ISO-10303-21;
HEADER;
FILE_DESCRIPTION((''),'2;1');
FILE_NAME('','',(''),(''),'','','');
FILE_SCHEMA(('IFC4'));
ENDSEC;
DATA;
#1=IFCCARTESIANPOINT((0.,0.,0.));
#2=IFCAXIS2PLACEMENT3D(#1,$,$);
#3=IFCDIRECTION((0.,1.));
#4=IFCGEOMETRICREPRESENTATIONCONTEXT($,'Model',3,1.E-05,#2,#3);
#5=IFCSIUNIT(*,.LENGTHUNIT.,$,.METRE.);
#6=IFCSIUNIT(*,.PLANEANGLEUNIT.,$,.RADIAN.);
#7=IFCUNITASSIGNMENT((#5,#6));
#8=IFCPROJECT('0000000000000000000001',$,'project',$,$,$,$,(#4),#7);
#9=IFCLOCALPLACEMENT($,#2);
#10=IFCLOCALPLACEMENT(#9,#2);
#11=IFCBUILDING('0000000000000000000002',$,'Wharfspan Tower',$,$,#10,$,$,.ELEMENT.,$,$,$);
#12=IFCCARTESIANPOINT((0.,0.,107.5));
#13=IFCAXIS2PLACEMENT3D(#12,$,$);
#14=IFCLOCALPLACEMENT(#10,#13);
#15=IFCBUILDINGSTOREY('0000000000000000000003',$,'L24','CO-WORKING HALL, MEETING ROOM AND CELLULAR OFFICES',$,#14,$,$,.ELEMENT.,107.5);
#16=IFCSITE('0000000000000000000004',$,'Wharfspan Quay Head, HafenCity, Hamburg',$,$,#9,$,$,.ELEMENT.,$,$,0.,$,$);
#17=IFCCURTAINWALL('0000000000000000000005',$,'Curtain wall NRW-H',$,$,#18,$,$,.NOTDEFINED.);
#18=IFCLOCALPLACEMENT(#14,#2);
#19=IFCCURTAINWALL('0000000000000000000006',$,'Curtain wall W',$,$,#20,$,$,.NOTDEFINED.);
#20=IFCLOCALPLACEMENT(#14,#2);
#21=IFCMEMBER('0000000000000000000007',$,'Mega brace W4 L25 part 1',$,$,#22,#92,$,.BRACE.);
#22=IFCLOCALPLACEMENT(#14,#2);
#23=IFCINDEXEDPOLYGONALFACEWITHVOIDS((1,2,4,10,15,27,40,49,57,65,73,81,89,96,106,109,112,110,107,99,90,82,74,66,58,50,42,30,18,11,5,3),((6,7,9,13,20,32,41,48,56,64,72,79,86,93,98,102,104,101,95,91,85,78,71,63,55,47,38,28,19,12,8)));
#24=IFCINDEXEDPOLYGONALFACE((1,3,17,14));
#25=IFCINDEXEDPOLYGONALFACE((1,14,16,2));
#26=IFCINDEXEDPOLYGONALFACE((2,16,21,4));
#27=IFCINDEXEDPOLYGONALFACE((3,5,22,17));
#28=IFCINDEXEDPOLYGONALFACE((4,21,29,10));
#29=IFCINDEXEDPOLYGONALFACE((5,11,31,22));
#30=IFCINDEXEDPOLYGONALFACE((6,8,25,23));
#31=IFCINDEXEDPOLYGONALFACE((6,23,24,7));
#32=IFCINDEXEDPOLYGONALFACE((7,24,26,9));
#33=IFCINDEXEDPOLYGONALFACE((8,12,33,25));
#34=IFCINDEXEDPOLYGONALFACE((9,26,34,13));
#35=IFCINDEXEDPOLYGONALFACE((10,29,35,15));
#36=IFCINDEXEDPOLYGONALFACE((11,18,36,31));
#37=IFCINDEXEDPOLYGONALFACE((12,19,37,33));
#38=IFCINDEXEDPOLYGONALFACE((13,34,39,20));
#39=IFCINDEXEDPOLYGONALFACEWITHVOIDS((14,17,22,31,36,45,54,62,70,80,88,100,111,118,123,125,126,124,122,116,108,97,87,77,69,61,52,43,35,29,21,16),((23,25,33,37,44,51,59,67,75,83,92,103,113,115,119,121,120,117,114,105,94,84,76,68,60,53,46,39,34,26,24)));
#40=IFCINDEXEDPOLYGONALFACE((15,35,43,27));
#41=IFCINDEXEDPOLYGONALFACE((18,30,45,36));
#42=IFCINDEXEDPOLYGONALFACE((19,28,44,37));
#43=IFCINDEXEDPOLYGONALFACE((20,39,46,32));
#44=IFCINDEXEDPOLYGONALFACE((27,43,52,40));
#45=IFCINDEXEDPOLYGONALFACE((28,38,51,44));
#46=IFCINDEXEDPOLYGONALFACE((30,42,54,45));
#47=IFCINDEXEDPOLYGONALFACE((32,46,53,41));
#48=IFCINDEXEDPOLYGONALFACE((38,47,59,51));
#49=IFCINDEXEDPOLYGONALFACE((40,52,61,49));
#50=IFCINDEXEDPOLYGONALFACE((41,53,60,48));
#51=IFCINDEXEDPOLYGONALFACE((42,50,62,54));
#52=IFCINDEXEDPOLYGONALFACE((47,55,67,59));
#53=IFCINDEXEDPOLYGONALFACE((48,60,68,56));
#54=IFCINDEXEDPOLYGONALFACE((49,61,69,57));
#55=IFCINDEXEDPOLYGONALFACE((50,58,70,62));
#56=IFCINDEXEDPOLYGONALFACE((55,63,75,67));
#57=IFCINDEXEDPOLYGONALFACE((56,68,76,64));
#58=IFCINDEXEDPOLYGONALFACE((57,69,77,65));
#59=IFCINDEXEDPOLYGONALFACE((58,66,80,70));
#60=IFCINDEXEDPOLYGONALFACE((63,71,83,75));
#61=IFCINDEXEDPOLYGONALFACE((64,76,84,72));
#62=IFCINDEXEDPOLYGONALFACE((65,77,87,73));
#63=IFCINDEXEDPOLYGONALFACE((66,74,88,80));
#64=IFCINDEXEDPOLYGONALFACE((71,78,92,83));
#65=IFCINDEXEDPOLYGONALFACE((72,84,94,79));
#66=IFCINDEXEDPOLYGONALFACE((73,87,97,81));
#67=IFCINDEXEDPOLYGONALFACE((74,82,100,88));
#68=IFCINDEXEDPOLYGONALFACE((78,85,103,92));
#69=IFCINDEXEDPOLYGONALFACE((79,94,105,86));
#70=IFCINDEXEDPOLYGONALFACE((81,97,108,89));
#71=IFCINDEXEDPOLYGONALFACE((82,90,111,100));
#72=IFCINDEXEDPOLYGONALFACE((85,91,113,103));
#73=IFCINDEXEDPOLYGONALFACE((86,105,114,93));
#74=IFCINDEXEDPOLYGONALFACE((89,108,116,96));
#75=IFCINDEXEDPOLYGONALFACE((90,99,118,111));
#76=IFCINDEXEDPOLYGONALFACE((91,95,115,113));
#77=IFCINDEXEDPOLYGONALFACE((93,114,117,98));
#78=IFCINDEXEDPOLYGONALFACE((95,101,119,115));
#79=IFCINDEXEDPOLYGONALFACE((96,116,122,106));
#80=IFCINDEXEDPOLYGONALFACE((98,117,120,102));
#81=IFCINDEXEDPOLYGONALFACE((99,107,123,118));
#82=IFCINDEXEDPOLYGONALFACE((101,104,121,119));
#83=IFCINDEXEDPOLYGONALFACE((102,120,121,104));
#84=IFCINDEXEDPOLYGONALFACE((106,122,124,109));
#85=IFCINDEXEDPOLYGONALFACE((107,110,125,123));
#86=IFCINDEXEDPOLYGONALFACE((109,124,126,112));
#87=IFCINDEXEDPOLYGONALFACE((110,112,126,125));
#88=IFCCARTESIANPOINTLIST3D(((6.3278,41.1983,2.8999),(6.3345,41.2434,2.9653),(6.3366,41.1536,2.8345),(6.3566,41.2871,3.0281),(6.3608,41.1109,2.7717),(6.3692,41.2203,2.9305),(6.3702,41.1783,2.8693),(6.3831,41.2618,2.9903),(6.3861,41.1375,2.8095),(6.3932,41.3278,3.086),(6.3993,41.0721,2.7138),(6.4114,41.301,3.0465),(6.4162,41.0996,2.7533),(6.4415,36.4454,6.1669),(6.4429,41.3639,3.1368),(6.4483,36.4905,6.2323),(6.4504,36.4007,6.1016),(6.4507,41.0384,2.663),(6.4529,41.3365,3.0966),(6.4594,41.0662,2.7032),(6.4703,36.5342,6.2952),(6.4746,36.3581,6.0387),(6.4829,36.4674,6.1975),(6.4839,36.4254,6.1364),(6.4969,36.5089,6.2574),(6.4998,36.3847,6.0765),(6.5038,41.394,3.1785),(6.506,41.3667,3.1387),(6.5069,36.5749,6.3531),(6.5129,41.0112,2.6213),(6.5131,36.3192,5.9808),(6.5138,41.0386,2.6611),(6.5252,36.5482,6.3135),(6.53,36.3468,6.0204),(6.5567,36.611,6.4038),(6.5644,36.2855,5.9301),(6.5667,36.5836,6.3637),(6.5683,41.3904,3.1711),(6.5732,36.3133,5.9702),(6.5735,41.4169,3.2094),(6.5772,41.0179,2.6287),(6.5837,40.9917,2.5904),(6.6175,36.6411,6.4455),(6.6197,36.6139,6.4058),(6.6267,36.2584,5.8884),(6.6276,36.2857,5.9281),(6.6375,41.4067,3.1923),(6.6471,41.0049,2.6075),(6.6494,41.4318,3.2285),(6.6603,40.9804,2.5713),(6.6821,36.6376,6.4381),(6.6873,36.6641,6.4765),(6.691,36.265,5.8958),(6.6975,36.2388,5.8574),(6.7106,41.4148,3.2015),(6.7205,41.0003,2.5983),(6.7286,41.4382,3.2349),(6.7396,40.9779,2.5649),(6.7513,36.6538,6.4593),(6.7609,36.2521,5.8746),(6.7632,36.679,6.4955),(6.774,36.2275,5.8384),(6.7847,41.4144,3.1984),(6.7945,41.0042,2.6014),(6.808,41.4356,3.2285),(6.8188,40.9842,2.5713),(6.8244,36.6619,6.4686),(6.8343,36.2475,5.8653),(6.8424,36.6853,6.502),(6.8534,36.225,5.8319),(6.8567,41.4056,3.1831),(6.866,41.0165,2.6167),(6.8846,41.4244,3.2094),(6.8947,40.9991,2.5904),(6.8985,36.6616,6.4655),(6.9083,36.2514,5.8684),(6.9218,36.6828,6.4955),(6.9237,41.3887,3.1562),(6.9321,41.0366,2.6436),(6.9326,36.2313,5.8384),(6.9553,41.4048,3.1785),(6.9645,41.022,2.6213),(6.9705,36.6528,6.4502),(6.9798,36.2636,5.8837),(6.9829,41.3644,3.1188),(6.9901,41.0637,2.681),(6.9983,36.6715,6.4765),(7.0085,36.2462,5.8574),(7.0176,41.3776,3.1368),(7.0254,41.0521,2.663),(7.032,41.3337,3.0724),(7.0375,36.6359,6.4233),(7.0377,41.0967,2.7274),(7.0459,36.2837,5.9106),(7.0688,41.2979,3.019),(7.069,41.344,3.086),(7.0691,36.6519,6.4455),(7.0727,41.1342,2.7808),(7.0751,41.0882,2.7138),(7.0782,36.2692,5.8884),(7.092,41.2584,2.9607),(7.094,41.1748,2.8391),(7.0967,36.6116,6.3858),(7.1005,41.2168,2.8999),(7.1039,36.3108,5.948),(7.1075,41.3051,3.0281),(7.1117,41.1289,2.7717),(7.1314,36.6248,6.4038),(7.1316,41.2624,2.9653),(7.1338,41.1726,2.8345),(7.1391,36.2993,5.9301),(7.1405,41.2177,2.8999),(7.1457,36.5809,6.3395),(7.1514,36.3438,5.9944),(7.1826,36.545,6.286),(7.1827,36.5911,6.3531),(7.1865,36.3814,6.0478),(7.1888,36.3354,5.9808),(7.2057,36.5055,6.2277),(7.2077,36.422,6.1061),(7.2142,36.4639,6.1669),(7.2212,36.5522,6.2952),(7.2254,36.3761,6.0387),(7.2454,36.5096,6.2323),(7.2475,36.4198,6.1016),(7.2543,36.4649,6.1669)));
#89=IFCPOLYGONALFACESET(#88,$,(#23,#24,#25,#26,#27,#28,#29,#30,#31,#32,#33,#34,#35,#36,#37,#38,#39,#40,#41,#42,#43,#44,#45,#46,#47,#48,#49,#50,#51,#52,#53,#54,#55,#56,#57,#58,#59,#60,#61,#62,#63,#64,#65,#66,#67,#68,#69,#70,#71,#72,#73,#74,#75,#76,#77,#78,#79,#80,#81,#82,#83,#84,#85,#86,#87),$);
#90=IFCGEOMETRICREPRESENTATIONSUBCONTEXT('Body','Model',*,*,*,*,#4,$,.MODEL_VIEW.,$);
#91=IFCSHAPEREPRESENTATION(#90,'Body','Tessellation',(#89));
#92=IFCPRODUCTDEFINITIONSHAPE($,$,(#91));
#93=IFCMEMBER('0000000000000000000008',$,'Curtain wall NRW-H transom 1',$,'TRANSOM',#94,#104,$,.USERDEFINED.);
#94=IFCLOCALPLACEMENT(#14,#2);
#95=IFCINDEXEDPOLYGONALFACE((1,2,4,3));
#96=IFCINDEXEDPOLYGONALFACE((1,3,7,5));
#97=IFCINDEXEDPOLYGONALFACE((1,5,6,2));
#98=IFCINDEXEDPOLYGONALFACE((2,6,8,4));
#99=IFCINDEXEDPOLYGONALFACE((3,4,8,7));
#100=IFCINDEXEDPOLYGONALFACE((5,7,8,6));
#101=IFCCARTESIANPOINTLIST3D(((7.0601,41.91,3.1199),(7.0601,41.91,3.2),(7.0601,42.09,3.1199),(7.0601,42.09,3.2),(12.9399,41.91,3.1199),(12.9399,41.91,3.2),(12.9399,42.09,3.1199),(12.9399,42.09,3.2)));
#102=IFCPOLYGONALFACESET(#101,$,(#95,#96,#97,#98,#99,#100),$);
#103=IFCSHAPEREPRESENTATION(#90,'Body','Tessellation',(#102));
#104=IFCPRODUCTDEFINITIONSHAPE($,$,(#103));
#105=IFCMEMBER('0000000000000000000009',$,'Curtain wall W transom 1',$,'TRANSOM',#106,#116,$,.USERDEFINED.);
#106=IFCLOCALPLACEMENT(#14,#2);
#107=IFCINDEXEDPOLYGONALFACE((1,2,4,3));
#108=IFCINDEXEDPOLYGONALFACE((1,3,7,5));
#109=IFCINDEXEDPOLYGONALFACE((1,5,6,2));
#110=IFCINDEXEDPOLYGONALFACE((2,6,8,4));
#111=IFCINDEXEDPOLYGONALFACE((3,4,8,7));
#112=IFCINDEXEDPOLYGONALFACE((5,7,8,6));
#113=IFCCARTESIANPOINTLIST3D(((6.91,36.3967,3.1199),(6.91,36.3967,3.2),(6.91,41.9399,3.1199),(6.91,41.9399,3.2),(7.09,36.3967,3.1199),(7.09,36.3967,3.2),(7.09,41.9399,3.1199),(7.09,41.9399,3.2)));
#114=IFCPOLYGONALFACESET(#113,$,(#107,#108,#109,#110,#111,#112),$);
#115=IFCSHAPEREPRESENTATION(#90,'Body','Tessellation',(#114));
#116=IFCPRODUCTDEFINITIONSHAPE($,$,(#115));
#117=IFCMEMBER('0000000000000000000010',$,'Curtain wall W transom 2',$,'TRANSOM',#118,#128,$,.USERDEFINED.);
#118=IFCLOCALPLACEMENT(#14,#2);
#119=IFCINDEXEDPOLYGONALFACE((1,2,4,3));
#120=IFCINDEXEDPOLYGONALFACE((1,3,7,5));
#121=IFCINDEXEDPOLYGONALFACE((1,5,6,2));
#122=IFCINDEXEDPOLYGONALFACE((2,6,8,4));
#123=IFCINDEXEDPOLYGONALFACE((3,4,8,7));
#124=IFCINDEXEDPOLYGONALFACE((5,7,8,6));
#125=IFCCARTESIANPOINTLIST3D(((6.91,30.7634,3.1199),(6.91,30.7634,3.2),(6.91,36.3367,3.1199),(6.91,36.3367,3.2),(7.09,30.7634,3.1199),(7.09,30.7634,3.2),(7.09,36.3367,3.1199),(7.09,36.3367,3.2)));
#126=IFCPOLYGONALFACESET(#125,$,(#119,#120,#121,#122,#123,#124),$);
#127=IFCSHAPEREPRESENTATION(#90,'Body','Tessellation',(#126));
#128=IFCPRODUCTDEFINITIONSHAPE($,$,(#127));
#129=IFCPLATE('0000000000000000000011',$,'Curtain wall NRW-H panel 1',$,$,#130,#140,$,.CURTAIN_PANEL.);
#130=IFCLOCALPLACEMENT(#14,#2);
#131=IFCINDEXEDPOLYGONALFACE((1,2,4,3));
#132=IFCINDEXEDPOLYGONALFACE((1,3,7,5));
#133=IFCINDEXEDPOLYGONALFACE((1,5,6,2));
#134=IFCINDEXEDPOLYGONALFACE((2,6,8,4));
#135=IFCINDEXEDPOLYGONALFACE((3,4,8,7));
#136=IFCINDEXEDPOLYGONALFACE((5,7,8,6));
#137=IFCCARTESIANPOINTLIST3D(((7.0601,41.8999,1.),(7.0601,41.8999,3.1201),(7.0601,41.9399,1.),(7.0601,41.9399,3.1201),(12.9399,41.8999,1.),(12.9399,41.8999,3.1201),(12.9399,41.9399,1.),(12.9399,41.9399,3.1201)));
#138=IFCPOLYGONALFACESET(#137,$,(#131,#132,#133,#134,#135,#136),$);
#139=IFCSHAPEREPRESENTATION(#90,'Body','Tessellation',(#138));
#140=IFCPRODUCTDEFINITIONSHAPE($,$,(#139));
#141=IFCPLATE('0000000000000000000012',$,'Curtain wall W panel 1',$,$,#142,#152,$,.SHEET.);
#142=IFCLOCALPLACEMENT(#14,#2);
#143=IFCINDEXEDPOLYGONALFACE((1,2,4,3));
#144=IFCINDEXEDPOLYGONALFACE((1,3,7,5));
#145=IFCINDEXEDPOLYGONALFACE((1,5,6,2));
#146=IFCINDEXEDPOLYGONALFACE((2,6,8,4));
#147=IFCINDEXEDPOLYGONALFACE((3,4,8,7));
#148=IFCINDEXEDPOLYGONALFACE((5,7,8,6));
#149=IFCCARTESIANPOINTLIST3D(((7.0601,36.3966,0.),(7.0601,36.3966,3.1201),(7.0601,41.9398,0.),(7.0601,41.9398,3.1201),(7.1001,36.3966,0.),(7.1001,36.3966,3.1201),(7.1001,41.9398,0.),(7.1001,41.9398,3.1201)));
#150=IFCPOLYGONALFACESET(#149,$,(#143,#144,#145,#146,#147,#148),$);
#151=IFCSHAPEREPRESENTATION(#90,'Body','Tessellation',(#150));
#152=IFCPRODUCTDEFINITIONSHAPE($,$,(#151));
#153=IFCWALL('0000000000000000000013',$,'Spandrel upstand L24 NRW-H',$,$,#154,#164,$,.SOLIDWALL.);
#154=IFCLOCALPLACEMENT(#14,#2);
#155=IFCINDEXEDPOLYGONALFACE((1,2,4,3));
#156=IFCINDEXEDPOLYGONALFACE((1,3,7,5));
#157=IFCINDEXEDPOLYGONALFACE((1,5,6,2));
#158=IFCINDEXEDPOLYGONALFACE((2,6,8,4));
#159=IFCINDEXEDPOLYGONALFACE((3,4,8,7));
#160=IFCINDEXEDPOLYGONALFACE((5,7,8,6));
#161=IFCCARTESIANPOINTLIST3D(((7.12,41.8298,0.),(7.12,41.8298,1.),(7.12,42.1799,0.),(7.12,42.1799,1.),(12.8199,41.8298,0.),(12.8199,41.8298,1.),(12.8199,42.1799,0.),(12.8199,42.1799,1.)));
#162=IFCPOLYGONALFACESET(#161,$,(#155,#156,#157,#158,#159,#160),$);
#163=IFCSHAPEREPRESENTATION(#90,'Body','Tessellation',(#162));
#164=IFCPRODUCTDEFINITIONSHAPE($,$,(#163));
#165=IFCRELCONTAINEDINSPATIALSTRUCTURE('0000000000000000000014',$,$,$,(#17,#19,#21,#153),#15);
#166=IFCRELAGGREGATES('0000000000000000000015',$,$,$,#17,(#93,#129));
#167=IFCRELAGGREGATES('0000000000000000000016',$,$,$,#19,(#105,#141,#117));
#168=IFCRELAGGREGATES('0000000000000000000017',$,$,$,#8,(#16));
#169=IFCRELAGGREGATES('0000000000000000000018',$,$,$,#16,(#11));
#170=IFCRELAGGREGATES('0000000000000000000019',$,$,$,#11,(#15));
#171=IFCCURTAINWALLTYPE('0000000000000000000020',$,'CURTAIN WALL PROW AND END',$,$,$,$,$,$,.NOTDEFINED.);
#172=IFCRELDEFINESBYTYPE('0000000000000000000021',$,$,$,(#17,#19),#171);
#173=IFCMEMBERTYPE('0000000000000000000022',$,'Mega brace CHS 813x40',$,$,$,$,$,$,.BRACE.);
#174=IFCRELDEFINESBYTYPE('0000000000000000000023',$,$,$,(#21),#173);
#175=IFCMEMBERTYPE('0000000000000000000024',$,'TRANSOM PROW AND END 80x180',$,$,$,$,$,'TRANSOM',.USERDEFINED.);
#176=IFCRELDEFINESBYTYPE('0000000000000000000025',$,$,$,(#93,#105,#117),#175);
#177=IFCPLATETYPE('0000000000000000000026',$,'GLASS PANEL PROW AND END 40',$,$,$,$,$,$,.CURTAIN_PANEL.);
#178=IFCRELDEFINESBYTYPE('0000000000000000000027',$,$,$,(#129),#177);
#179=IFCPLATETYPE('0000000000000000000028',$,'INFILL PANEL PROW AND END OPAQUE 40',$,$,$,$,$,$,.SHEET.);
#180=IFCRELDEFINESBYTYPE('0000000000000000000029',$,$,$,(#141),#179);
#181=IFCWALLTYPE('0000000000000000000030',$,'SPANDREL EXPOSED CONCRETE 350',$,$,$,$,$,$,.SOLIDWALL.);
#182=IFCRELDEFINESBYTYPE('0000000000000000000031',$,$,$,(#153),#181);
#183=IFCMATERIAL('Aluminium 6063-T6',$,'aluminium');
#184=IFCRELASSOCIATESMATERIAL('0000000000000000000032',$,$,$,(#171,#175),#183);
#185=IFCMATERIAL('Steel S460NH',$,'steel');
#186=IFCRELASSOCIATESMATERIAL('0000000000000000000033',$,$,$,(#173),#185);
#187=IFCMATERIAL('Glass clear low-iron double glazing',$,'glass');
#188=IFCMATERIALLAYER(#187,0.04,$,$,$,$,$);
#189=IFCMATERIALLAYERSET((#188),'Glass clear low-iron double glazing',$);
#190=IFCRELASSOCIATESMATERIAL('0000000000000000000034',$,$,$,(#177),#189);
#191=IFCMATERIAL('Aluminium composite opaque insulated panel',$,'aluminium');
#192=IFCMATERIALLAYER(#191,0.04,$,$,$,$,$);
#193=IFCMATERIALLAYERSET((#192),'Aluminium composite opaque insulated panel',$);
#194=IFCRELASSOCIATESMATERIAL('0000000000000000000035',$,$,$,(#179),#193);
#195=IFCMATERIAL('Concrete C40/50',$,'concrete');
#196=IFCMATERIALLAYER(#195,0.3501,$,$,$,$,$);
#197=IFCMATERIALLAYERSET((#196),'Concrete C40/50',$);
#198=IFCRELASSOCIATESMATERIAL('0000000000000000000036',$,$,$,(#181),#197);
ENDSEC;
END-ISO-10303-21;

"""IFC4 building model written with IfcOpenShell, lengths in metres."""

from ifc_helpers import new_model, si_unit, direction, frame, frame_2d, origin, origin_2d, place, context, subcontext, project, spatial, rectangle, hollow_circle, extrude, material, layer, layer_set, material_profile, profile_set, type_object, element, aggregate, save


model = new_model("IFC4")

# Units and contexts
model_context = context("Model", 3, precision=1e-05, world=origin(), true_north=direction((0.0, 1.0)))
body_context = subcontext(model_context, "Body", "Model", "MODEL_VIEW")
ifc_project = project(units=[si_unit("LENGTHUNIT", "METRE"), si_unit("PLANEANGLEUNIT", "RADIAN")], contexts=[model_context])

# Site, building, storey
site_placement = place(None, origin())
site = spatial("IfcSite", under=ifc_project, at=site_placement, Name="Wharfspan Quay Head, HafenCity, Hamburg", CompositionType="ELEMENT", RefElevation=0.0)
building_placement = place(site_placement, origin())
building = spatial("IfcBuilding", under=site, at=building_placement, Name="Wharfspan Tower", CompositionType="ELEMENT")
storey_placement = place(building_placement, frame((0.0, 0.0, 107.5)))
storey = spatial("IfcBuildingStorey", under=building, at=storey_placement, Name="L24", Description="CO-WORKING HALL, MEETING ROOM AND CELLULAR OFFICES", CompositionType="ELEMENT", Elevation=107.5)

# Curtain wall
ifc_material_1 = material(Name="Aluminium 6063-T6", Category="aluminium")
curtain_wall_type = type_object("IfcCurtainWallType", Name="CURTAIN WALL PROW AND END", PredefinedType="NOTDEFINED", material=ifc_material_1)
curtain_wall_1_placement = place(storey_placement, origin())
curtain_wall_1 = element("IfcCurtainWall", 1, at=curtain_wall_1_placement, inside=storey, type_object=curtain_wall_type, Name="Curtain wall NRW-H", PredefinedType="NOTDEFINED")

# Curtain wall
curtain_wall_2_placement = place(storey_placement, origin())
curtain_wall_2 = element("IfcCurtainWall", 2, at=curtain_wall_2_placement, inside=storey, type_object=curtain_wall_type, Name="Curtain wall W", PredefinedType="NOTDEFINED")

# Members
ifc_material_2 = material(Name="Steel S460NH", Category="steel")
ifc_material_profile_1 = material_profile(ifc_material_2, hollow_circle(Radius=0.4065, WallThickness=0.04, at=origin_2d()))
ifc_profile_set_1 = profile_set([ifc_material_profile_1], Name="Steel S460NH")
member_type_1 = type_object("IfcMemberType", Name="Mega brace CHS 813x40", PredefinedType="BRACE", material=ifc_profile_set_1)
member_1_placement = place(storey_placement, frame((6.7341, 41.208, 2.8999), z_axis=(0.019722, -0.823926, 0.566354), x_axis=(0.999713, 0.023927, -0.000004)))
element("IfcMember", 3, at=member_1_placement, inside=storey, type_object=member_type_1, Name="Mega brace W4 L25 part 1", PredefinedType="BRACE", context=body_context, shape_type="SweptSolid", body=[
    extrude(hollow_circle(Radius=0.4065, WallThickness=0.04, at=origin_2d()), origin(), (0.0, 0.0, 1.0), 5.7686),
])
ifc_material_profile_2 = material_profile(ifc_material_1, rectangle(XDim=0.1799, YDim=0.0801, at=origin_2d()))
ifc_profile_set_2 = profile_set([ifc_material_profile_2], Name="Aluminium 6063-T6")
member_type_2 = type_object("IfcMemberType", Name="TRANSOM PROW AND END 80x180", ElementType="TRANSOM", PredefinedType="USERDEFINED", material=ifc_profile_set_2)
member_2_placement = place(storey_placement, frame((12.9399, 42.0, 3.1599), z_axis=(-1.0, 0.0, 0.0), x_axis=(0.0, -1.0, 0.0)))
member_2 = element("IfcMember", 4, at=member_2_placement, type_object=member_type_2, Name="Curtain wall NRW-H transom 1", ObjectType="TRANSOM", PredefinedType="USERDEFINED", context=body_context, shape_type="SweptSolid", body=[
    extrude(rectangle(XDim=0.1799, YDim=0.0801, at=origin_2d()), origin(), (0.0, 0.0, 1.0), 5.8799),
])
member_3_placement = place(storey_placement, frame((7.0, 41.9399, 3.1599), z_axis=(0.0, -1.0, 0.0), x_axis=(1.0, 0.0, 0.0)))
member_3 = element("IfcMember", 5, at=member_3_placement, type_object=member_type_2, Name="Curtain wall W transom 1", ObjectType="TRANSOM", PredefinedType="USERDEFINED", context=body_context, shape_type="SweptSolid", body=[
    extrude(rectangle(XDim=0.1799, YDim=0.0801, at=origin_2d()), origin(), (0.0, 0.0, 1.0), 5.5432),
])
member_4_placement = place(storey_placement, frame((7.0, 36.3367, 3.1599), z_axis=(0.0, -1.0, 0.0), x_axis=(1.0, 0.0, 0.0)))
member_4 = element("IfcMember", 6, at=member_4_placement, type_object=member_type_2, Name="Curtain wall W transom 2", ObjectType="TRANSOM", PredefinedType="USERDEFINED", context=body_context, shape_type="SweptSolid", body=[
    extrude(rectangle(XDim=0.1799, YDim=0.0801, at=origin_2d()), origin(), (0.0, 0.0, 1.0), 5.5732),
])

# Plates
ifc_material_3 = material(Name="Glass clear low-iron double glazing", Category="glass")
ifc_layer_1 = layer(ifc_material_3, 0.04)
ifc_layer_set_1 = layer_set([ifc_layer_1], Name="Glass clear low-iron double glazing")
plate_type_1 = type_object("IfcPlateType", Name="GLASS PANEL PROW AND END 40", PredefinedType="CURTAIN_PANEL", material=ifc_layer_set_1)
plate_1_placement = place(storey_placement, frame((10.0, 41.9199, 1.0), z_axis=(0.0, 0.0, 1.0), x_axis=(-1.0, 0.0, 0.0)))
plate_1 = element("IfcPlate", 7, at=plate_1_placement, type_object=plate_type_1, Name="Curtain wall NRW-H panel 1", PredefinedType="CURTAIN_PANEL", context=body_context, shape_type="SweptSolid", body=[
    extrude(rectangle(XDim=5.8799, YDim=0.04, at=origin_2d()), origin(), (0.0, 0.0, 1.0), 2.1201),
])
aggregate(curtain_wall_1, [member_2, plate_1])
ifc_material_4 = material(Name="Aluminium composite opaque insulated panel", Category="aluminium")
ifc_layer_2 = layer(ifc_material_4, 0.04)
ifc_layer_set_2 = layer_set([ifc_layer_2], Name="Aluminium composite opaque insulated panel")
plate_type_2 = type_object("IfcPlateType", Name="INFILL PANEL PROW AND END OPAQUE 40", PredefinedType="SHEET", material=ifc_layer_set_2)
plate_2_placement = place(storey_placement, frame((7.0801, 39.1682, 0.0), z_axis=(0.0, 0.0, 1.0), x_axis=(0.0, -1.0, 0.0)))
plate_2 = element("IfcPlate", 8, at=plate_2_placement, type_object=plate_type_2, Name="Curtain wall W panel 1", PredefinedType="SHEET", context=body_context, shape_type="SweptSolid", body=[
    extrude(rectangle(XDim=5.5432, YDim=0.04, at=origin_2d()), origin(), (0.0, 0.0, 1.0), 3.1201),
])
aggregate(curtain_wall_2, [member_3, plate_2, member_4])

# Wall
ifc_material_5 = material(Name="Concrete C40/50", Category="concrete")
ifc_layer_3 = layer(ifc_material_5, 0.3501)
ifc_layer_set_3 = layer_set([ifc_layer_3], Name="Concrete C40/50")
wall_type = type_object("IfcWallType", Name="SPANDREL EXPOSED CONCRETE 350", PredefinedType="SOLIDWALL", material=ifc_layer_set_3)
wall_placement = place(storey_placement, frame((12.8201, 42.0049, 0.0), z_axis=(0.0, 0.0, 1.0), x_axis=(-1.0, 0.0, 0.0)))
element("IfcWall", 9, at=wall_placement, inside=storey, type_object=wall_type, Name="Spandrel upstand L24 NRW-H", PredefinedType="SOLIDWALL", context=body_context, shape_type="SweptSolid", body=[
    extrude(rectangle(XDim=5.7, YDim=0.3501, at=frame_2d((2.8501, 0.0))), origin(), (0.0, 0.0, 1.0), 1.0),
])

save(model, "model.ifc")
